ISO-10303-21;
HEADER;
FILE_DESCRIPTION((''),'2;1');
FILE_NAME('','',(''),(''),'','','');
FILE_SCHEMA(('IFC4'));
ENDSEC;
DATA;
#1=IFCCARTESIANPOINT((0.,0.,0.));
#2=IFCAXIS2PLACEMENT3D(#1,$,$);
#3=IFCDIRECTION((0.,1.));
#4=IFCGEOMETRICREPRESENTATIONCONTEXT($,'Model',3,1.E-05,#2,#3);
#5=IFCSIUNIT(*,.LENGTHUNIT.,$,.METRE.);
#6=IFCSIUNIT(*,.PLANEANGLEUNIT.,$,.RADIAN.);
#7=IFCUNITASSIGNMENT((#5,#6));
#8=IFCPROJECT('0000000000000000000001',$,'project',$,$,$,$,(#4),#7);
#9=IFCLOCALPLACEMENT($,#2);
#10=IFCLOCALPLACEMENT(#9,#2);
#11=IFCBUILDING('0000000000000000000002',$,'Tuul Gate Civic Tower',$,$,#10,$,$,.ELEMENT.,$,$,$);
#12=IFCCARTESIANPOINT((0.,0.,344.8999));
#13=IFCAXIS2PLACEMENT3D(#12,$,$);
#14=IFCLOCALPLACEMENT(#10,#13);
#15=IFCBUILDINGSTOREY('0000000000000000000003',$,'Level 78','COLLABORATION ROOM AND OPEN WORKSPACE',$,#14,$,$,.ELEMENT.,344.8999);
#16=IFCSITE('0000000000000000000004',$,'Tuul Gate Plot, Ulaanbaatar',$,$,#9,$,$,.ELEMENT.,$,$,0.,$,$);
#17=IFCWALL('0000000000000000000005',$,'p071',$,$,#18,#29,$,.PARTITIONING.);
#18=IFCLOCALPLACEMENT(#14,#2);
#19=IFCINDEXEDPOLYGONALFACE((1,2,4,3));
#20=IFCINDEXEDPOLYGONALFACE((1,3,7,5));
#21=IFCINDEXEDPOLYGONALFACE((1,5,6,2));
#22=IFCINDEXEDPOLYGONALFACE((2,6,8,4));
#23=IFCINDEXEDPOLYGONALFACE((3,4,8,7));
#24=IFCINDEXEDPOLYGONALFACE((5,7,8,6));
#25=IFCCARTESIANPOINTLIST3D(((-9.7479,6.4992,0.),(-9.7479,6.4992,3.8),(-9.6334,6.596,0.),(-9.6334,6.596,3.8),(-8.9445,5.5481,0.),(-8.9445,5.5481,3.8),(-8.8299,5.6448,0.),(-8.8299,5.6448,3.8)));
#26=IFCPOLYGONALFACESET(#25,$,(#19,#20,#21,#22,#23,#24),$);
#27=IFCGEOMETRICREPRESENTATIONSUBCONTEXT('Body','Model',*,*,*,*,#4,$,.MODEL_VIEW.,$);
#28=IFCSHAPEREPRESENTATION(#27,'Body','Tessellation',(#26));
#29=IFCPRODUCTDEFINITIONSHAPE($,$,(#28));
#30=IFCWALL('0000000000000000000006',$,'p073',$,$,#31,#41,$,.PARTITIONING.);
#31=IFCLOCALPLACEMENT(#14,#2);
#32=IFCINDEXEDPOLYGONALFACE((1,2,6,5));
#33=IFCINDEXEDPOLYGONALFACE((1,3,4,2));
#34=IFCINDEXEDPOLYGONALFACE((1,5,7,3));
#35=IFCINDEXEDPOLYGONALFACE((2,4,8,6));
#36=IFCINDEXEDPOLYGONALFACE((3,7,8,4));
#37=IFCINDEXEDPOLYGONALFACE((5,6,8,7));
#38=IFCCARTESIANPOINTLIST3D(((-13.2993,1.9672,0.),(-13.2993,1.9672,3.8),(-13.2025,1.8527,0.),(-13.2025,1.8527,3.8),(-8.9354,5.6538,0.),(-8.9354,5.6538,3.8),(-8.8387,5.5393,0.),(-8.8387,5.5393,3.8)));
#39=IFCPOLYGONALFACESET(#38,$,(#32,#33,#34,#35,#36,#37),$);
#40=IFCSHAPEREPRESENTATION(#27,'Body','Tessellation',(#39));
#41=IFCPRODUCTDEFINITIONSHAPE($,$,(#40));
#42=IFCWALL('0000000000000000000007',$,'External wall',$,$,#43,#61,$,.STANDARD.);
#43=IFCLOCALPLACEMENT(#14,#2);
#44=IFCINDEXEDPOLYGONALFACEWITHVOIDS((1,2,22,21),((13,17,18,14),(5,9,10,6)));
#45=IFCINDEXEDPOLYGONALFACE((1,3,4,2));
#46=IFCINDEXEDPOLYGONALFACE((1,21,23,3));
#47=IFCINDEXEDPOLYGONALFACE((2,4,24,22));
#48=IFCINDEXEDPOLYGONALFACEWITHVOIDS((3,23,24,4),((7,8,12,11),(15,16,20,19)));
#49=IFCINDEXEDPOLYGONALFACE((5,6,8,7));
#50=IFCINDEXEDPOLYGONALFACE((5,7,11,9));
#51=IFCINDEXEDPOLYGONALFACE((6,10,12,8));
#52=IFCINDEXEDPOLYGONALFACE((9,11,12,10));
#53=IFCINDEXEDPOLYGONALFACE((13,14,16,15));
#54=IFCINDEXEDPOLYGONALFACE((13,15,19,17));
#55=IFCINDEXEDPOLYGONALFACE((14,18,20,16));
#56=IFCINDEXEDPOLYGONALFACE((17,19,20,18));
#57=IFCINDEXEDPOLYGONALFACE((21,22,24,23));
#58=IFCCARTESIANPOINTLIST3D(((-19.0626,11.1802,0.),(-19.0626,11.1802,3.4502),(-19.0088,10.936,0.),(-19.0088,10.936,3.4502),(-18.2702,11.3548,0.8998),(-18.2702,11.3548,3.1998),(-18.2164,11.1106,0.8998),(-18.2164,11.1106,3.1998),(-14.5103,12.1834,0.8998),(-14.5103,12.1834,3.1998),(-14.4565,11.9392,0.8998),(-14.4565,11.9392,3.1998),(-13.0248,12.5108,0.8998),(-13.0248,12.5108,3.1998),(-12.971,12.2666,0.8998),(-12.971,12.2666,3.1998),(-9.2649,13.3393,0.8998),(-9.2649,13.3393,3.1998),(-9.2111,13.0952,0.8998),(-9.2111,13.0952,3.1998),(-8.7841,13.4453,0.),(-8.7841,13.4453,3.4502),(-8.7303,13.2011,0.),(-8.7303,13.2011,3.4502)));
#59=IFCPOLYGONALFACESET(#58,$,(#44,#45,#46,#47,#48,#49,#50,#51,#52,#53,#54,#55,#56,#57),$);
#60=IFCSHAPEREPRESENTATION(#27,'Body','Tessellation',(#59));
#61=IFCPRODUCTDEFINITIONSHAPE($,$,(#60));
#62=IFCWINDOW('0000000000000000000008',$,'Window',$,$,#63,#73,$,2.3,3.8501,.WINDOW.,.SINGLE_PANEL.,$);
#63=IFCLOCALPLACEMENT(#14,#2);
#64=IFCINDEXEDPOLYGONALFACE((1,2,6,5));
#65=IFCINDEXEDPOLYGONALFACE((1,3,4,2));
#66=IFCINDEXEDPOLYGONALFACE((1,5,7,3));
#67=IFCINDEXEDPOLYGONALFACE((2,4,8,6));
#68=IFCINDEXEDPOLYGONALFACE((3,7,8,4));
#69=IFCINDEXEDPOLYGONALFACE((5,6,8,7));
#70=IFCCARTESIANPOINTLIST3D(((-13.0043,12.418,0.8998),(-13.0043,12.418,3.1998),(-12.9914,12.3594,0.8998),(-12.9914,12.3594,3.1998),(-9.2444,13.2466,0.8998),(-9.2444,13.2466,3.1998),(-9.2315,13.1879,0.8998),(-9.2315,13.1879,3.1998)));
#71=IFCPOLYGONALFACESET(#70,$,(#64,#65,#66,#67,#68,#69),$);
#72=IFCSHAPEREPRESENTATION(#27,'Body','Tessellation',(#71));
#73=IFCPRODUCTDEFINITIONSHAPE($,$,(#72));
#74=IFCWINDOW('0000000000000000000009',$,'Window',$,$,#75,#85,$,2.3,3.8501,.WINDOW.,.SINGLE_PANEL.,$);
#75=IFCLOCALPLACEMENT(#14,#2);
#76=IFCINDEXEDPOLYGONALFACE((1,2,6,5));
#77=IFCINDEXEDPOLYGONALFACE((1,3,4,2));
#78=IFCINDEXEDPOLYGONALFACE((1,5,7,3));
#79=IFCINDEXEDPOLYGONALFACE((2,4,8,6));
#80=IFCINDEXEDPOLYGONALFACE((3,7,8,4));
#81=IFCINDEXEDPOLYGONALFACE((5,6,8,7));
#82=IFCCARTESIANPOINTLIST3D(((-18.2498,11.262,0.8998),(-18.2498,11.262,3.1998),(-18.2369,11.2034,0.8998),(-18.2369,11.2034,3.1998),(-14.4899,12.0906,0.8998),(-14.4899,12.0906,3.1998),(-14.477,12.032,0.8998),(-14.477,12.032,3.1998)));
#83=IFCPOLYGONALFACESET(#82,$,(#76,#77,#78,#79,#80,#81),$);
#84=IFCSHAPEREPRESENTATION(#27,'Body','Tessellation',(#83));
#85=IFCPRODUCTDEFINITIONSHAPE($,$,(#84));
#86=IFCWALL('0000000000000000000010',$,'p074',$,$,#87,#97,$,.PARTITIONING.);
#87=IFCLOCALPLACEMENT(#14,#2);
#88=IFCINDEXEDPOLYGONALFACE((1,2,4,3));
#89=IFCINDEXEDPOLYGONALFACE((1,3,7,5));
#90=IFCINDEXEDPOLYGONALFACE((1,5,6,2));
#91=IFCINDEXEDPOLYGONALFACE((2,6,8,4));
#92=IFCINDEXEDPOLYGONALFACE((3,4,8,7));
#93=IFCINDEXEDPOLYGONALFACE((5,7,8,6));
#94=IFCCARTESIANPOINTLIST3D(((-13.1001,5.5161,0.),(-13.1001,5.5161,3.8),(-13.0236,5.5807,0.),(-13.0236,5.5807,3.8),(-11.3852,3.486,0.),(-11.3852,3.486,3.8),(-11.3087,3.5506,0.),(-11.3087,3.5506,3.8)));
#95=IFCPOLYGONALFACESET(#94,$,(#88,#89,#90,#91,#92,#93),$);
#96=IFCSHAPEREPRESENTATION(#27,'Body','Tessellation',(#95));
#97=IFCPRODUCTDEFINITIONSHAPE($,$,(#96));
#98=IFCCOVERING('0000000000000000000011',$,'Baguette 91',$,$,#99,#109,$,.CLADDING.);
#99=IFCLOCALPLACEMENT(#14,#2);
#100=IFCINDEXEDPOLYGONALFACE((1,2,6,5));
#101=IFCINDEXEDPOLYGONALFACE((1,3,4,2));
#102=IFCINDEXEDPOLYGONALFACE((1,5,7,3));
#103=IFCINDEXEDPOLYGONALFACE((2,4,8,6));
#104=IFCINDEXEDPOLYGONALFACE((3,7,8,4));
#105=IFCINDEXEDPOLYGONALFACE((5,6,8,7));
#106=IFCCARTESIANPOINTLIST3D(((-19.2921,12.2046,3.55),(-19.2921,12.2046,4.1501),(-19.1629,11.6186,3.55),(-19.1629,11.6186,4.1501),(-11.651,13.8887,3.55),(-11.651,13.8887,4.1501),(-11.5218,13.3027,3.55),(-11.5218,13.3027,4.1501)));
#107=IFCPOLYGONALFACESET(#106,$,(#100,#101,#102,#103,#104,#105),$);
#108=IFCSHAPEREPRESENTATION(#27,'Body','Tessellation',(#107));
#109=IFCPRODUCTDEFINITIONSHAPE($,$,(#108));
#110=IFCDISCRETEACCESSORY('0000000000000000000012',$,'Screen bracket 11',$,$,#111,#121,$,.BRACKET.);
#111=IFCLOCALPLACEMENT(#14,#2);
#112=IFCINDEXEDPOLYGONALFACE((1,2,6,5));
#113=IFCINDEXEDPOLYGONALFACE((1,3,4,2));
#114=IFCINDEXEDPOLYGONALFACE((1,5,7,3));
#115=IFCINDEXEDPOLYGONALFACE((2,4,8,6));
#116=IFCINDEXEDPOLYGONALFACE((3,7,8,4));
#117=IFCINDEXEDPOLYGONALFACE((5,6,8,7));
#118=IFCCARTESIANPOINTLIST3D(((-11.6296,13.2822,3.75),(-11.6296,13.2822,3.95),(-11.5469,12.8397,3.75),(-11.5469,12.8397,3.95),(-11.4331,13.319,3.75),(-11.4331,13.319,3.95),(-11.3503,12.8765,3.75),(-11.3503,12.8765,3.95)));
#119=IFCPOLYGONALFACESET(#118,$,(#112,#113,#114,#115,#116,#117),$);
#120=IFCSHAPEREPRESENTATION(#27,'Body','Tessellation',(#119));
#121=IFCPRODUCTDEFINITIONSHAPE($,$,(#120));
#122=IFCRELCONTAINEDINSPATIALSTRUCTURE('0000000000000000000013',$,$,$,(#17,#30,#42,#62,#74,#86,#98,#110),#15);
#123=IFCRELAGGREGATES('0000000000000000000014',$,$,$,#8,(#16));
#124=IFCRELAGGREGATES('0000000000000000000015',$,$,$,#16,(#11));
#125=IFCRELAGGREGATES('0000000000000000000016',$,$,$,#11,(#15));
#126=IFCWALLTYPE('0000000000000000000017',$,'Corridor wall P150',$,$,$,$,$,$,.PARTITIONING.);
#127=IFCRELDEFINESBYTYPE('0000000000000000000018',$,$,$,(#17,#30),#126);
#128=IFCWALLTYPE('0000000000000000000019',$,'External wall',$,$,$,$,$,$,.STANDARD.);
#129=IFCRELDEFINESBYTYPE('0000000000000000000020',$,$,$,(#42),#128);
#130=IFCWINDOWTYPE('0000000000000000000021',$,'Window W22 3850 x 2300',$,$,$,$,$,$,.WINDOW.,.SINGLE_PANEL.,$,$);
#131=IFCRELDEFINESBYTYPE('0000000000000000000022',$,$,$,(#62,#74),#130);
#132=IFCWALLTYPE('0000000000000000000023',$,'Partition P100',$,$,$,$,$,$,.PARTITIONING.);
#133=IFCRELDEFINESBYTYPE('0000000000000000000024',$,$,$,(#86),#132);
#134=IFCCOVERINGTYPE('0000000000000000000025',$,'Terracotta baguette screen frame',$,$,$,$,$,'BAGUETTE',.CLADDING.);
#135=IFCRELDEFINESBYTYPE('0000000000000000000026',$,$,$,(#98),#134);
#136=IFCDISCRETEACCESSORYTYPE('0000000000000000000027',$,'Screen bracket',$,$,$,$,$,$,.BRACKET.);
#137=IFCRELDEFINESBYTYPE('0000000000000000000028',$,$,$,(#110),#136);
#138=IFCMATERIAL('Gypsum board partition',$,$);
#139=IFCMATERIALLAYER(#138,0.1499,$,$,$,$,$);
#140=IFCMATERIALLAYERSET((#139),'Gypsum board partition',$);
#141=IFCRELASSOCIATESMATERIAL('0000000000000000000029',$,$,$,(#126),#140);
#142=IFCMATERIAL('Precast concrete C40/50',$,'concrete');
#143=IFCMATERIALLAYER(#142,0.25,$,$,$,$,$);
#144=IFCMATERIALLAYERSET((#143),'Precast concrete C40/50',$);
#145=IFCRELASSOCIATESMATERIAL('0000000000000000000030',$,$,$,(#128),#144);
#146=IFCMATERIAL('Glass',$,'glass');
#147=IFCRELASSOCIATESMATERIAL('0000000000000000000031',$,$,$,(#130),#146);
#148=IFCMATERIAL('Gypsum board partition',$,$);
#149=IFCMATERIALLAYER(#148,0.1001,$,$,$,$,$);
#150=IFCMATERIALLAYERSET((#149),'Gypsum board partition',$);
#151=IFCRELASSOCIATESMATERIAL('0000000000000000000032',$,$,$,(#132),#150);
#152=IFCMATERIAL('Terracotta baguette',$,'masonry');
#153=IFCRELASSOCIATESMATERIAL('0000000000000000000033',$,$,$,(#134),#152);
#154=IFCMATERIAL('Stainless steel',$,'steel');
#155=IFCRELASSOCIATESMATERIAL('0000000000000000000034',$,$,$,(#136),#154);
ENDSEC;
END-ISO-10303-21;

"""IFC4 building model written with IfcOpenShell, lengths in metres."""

from ifc_helpers import new_model, si_unit, direction, frame, frame_2d, origin, origin_2d, place, context, subcontext, project, spatial, rectangle, extrude, material, layer, layer_set, material_profile, profile_set, type_object, element, fill, save


model = new_model("IFC4")

# Units and contexts
model_context = context("Model", 3, precision=1e-05, world=origin(), true_north=direction((0.0, 1.0)))
body_context = subcontext(model_context, "Body", "Model", "MODEL_VIEW")
ifc_project = project(units=[si_unit("LENGTHUNIT", "METRE"), si_unit("PLANEANGLEUNIT", "RADIAN")], contexts=[model_context])

# Site, building, storey
site_placement = place(None, origin())
site = spatial("IfcSite", under=ifc_project, at=site_placement, Name="Tuul Gate Plot, Ulaanbaatar", CompositionType="ELEMENT", RefElevation=0.0)
building_placement = place(site_placement, origin())
building = spatial("IfcBuilding", under=site, at=building_placement, Name="Tuul Gate Civic Tower", CompositionType="ELEMENT")
storey_placement = place(building_placement, frame((0.0, 0.0, 344.8999)))
storey = spatial("IfcBuildingStorey", under=building, at=storey_placement, Name="Level 78", Description="COLLABORATION ROOM AND OPEN WORKSPACE", CompositionType="ELEMENT", Elevation=344.8999)

# Shared definitions
ifc_material_1 = material(Name="Gypsum board partition")
ifc_layer_1 = layer(ifc_material_1, 0.1499)
ifc_layer_set_1 = layer_set([ifc_layer_1], Name="Gypsum board partition")
wall_type_1 = type_object("IfcWallType", Name="Corridor wall P150", PredefinedType="PARTITIONING", material=ifc_layer_set_1)

# Walls
wall_1_placement = place(storey_placement, frame((-9.6907, 6.5476, 0.0), z_axis=(0.0, 0.0, 1.0), x_axis=(0.6453, -0.763929, 0.0)))
element("IfcWall", 1, at=wall_1_placement, inside=storey, type_object=wall_type_1, Name="p071", PredefinedType="PARTITIONING", context=body_context, shape_type="SweptSolid", body=[
    extrude(rectangle(XDim=1.2451, YDim=0.1499, at=frame_2d((0.6226, 0.0))), origin(), (0.0, 0.0, 1.0), 3.8),
])
wall_2_placement = place(storey_placement, frame((-13.251, 1.9099, 0.0), z_axis=(0.0, 0.0, 1.0), x_axis=(0.763895, 0.64534, 0.0)))
element("IfcWall", 2, at=wall_2_placement, inside=storey, type_object=wall_type_1, Name="p073", PredefinedType="PARTITIONING", context=body_context, shape_type="SweptSolid", body=[
    extrude(rectangle(XDim=5.7126, YDim=0.1499, at=frame_2d((2.8564, 0.0))), origin(), (0.0, 0.0, 1.0), 3.8),
])

# Wall, openings, windows
ifc_material_2 = material(Name="Precast concrete C40/50", Category="concrete")
ifc_layer_2 = layer(ifc_material_2, 0.25)
ifc_layer_set_2 = layer_set([ifc_layer_2], Name="Precast concrete C40/50")
wall_type_2 = type_object("IfcWallType", Name="External wall", PredefinedType="STANDARD", material=ifc_layer_set_2)
wall_3_placement = place(storey_placement, frame((-8.7571, 13.3232, 0.0), z_axis=(0.0, 0.0, 1.0), x_axis=(-0.976568, -0.215211, 0.0)))
wall_3 = element("IfcWall", 3, at=wall_3_placement, inside=storey, type_object=wall_type_2, Name="External wall", PredefinedType="STANDARD", context=body_context, shape_type="SweptSolid", body=[
    extrude(rectangle(XDim=10.5251, YDim=0.25, at=frame_2d((5.2627, 0.0))), origin(), (0.0, 0.0, 1.0), 3.4502),
])
opening_1_placement = place(wall_3_placement, frame((0.4924, 0.0, 0.8999)))
opening_1 = element("IfcOpeningElement", 4, at=opening_1_placement, cuts=wall_3, PredefinedType="OPENING", context=body_context, shape_type="SweptSolid", body=[
    extrude(rectangle(XDim=3.8501, YDim=2.3, at=frame_2d((1.925, 1.1499))), frame((0.0, 0.135, 0.0), z_axis=(0.0, -1.0, 0.0), x_axis=(1.0, 0.0, 0.0)), (0.0, 0.0, 1.0), 0.27),
])
opening_2_placement = place(wall_3_placement, frame((5.8638, 0.0, 0.8999)))
opening_2 = element("IfcOpeningElement", 5, at=opening_2_placement, cuts=wall_3, PredefinedType="OPENING", context=body_context, shape_type="SweptSolid", body=[
    extrude(rectangle(XDim=3.8501, YDim=2.3, at=frame_2d((1.925, 1.1499))), frame((0.0, 0.135, 0.0), z_axis=(0.0, -1.0, 0.0), x_axis=(1.0, 0.0, 0.0)), (0.0, 0.0, 1.0), 0.27),
])
ifc_material_3 = material(Name="Glass", Category="glass")
window_type = type_object("IfcWindowType", Name="Window W22 3850 x 2300", PartitioningType="SINGLE_PANEL", PredefinedType="WINDOW", material=ifc_material_3)
window_1_placement = place(opening_1_placement, origin())
window_1 = element("IfcWindow", 6, at=window_1_placement, inside=storey, type_object=window_type, Name="Window", OverallHeight=2.3, OverallWidth=3.8501, PartitioningType="SINGLE_PANEL", PredefinedType="WINDOW", context=body_context, shape_type="SweptSolid", body=[
    extrude(rectangle(XDim=3.8501, YDim=2.3, at=frame_2d((1.925, 1.1499))), frame((0.0, 0.03, 0.0), z_axis=(0.0, -1.0, 0.0), x_axis=(1.0, 0.0, 0.0)), (0.0, 0.0, 1.0), 0.0601),
])
fill(opening_1, window_1)
window_2_placement = place(opening_2_placement, origin())
window_2 = element("IfcWindow", 7, at=window_2_placement, inside=storey, type_object=window_type, Name="Window", OverallHeight=2.3, OverallWidth=3.8501, PartitioningType="SINGLE_PANEL", PredefinedType="WINDOW", context=body_context, shape_type="SweptSolid", body=[
    extrude(rectangle(XDim=3.8501, YDim=2.3, at=frame_2d((1.925, 1.1499))), frame((0.0, 0.03, 0.0), z_axis=(0.0, -1.0, 0.0), x_axis=(1.0, 0.0, 0.0)), (0.0, 0.0, 1.0), 0.0601),
])
fill(opening_2, window_2)

# Wall
ifc_material_4 = material(Name="Gypsum board partition")
ifc_layer_3 = layer(ifc_material_4, 0.1001)
ifc_layer_set_3 = layer_set([ifc_layer_3], Name="Gypsum board partition")
wall_type_3 = type_object("IfcWallType", Name="Partition P100", PredefinedType="PARTITIONING", material=ifc_layer_set_3)
wall_4_placement = place(storey_placement, frame((-13.0618, 5.5483, 0.0), z_axis=(0.0, 0.0, 1.0), x_axis=(0.645312, -0.763919, 0.0)))
element("IfcWall", 8, at=wall_4_placement, inside=storey, type_object=wall_type_3, Name="p074", PredefinedType="PARTITIONING", context=body_context, shape_type="SweptSolid", body=[
    extrude(rectangle(XDim=2.6575, YDim=0.1001, at=frame_2d((1.3286, 0.0))), origin(), (0.0, 0.0, 1.0), 3.8),
])

# Covering
ifc_material_5 = material(Name="Terracotta baguette", Category="masonry")
ifc_material_profile_1 = material_profile(ifc_material_5, rectangle(XDim=0.6001, YDim=0.6001, at=origin_2d()), Name="Terracotta baguette screen frame")
ifc_profile_set_1 = profile_set([ifc_material_profile_1], Name="Terracotta baguette")
covering_type = type_object("IfcCoveringType", Name="Terracotta baguette screen frame", ElementType="BAGUETTE", PredefinedType="CLADDING", material=ifc_profile_set_1)
covering_placement = place(storey_placement, frame((-11.5864, 13.5957, 3.8501), z_axis=(-0.976563, -0.215232, 0.0), x_axis=(0.215232, -0.976563, 0.0)))
element("IfcCovering", 9, at=covering_placement, inside=storey, type_object=covering_type, Name="Baguette 91", PredefinedType="CLADDING", context=body_context, shape_type="SweptSolid", body=[
    extrude(rectangle(XDim=0.6001, YDim=0.6001, at=origin_2d()), origin(), (0.0, 0.0, 1.0), 7.8245),
])

# Discrete accessory
ifc_material_6 = material(Name="Stainless steel", Category="steel")
discrete_accessory_type = type_object("IfcDiscreteAccessoryType", Name="Screen bracket", PredefinedType="BRACKET", material=ifc_material_6)
discrete_accessory_placement = place(storey_placement, frame((-11.49, 13.0793, 3.75), z_axis=(0.0, 0.0, 1.0), x_axis=(-0.183857, 0.982953, 0.0)))
element("IfcDiscreteAccessory", 10, at=discrete_accessory_placement, inside=storey, type_object=discrete_accessory_type, Name="Screen bracket 11", PredefinedType="BRACKET", context=body_context, shape_type="SweptSolid", body=[
    extrude(rectangle(XDim=0.4502, YDim=0.2, at=origin_2d()), origin(), (0.0, 0.0, 1.0), 0.2),
])

save(model, "model.ifc")
